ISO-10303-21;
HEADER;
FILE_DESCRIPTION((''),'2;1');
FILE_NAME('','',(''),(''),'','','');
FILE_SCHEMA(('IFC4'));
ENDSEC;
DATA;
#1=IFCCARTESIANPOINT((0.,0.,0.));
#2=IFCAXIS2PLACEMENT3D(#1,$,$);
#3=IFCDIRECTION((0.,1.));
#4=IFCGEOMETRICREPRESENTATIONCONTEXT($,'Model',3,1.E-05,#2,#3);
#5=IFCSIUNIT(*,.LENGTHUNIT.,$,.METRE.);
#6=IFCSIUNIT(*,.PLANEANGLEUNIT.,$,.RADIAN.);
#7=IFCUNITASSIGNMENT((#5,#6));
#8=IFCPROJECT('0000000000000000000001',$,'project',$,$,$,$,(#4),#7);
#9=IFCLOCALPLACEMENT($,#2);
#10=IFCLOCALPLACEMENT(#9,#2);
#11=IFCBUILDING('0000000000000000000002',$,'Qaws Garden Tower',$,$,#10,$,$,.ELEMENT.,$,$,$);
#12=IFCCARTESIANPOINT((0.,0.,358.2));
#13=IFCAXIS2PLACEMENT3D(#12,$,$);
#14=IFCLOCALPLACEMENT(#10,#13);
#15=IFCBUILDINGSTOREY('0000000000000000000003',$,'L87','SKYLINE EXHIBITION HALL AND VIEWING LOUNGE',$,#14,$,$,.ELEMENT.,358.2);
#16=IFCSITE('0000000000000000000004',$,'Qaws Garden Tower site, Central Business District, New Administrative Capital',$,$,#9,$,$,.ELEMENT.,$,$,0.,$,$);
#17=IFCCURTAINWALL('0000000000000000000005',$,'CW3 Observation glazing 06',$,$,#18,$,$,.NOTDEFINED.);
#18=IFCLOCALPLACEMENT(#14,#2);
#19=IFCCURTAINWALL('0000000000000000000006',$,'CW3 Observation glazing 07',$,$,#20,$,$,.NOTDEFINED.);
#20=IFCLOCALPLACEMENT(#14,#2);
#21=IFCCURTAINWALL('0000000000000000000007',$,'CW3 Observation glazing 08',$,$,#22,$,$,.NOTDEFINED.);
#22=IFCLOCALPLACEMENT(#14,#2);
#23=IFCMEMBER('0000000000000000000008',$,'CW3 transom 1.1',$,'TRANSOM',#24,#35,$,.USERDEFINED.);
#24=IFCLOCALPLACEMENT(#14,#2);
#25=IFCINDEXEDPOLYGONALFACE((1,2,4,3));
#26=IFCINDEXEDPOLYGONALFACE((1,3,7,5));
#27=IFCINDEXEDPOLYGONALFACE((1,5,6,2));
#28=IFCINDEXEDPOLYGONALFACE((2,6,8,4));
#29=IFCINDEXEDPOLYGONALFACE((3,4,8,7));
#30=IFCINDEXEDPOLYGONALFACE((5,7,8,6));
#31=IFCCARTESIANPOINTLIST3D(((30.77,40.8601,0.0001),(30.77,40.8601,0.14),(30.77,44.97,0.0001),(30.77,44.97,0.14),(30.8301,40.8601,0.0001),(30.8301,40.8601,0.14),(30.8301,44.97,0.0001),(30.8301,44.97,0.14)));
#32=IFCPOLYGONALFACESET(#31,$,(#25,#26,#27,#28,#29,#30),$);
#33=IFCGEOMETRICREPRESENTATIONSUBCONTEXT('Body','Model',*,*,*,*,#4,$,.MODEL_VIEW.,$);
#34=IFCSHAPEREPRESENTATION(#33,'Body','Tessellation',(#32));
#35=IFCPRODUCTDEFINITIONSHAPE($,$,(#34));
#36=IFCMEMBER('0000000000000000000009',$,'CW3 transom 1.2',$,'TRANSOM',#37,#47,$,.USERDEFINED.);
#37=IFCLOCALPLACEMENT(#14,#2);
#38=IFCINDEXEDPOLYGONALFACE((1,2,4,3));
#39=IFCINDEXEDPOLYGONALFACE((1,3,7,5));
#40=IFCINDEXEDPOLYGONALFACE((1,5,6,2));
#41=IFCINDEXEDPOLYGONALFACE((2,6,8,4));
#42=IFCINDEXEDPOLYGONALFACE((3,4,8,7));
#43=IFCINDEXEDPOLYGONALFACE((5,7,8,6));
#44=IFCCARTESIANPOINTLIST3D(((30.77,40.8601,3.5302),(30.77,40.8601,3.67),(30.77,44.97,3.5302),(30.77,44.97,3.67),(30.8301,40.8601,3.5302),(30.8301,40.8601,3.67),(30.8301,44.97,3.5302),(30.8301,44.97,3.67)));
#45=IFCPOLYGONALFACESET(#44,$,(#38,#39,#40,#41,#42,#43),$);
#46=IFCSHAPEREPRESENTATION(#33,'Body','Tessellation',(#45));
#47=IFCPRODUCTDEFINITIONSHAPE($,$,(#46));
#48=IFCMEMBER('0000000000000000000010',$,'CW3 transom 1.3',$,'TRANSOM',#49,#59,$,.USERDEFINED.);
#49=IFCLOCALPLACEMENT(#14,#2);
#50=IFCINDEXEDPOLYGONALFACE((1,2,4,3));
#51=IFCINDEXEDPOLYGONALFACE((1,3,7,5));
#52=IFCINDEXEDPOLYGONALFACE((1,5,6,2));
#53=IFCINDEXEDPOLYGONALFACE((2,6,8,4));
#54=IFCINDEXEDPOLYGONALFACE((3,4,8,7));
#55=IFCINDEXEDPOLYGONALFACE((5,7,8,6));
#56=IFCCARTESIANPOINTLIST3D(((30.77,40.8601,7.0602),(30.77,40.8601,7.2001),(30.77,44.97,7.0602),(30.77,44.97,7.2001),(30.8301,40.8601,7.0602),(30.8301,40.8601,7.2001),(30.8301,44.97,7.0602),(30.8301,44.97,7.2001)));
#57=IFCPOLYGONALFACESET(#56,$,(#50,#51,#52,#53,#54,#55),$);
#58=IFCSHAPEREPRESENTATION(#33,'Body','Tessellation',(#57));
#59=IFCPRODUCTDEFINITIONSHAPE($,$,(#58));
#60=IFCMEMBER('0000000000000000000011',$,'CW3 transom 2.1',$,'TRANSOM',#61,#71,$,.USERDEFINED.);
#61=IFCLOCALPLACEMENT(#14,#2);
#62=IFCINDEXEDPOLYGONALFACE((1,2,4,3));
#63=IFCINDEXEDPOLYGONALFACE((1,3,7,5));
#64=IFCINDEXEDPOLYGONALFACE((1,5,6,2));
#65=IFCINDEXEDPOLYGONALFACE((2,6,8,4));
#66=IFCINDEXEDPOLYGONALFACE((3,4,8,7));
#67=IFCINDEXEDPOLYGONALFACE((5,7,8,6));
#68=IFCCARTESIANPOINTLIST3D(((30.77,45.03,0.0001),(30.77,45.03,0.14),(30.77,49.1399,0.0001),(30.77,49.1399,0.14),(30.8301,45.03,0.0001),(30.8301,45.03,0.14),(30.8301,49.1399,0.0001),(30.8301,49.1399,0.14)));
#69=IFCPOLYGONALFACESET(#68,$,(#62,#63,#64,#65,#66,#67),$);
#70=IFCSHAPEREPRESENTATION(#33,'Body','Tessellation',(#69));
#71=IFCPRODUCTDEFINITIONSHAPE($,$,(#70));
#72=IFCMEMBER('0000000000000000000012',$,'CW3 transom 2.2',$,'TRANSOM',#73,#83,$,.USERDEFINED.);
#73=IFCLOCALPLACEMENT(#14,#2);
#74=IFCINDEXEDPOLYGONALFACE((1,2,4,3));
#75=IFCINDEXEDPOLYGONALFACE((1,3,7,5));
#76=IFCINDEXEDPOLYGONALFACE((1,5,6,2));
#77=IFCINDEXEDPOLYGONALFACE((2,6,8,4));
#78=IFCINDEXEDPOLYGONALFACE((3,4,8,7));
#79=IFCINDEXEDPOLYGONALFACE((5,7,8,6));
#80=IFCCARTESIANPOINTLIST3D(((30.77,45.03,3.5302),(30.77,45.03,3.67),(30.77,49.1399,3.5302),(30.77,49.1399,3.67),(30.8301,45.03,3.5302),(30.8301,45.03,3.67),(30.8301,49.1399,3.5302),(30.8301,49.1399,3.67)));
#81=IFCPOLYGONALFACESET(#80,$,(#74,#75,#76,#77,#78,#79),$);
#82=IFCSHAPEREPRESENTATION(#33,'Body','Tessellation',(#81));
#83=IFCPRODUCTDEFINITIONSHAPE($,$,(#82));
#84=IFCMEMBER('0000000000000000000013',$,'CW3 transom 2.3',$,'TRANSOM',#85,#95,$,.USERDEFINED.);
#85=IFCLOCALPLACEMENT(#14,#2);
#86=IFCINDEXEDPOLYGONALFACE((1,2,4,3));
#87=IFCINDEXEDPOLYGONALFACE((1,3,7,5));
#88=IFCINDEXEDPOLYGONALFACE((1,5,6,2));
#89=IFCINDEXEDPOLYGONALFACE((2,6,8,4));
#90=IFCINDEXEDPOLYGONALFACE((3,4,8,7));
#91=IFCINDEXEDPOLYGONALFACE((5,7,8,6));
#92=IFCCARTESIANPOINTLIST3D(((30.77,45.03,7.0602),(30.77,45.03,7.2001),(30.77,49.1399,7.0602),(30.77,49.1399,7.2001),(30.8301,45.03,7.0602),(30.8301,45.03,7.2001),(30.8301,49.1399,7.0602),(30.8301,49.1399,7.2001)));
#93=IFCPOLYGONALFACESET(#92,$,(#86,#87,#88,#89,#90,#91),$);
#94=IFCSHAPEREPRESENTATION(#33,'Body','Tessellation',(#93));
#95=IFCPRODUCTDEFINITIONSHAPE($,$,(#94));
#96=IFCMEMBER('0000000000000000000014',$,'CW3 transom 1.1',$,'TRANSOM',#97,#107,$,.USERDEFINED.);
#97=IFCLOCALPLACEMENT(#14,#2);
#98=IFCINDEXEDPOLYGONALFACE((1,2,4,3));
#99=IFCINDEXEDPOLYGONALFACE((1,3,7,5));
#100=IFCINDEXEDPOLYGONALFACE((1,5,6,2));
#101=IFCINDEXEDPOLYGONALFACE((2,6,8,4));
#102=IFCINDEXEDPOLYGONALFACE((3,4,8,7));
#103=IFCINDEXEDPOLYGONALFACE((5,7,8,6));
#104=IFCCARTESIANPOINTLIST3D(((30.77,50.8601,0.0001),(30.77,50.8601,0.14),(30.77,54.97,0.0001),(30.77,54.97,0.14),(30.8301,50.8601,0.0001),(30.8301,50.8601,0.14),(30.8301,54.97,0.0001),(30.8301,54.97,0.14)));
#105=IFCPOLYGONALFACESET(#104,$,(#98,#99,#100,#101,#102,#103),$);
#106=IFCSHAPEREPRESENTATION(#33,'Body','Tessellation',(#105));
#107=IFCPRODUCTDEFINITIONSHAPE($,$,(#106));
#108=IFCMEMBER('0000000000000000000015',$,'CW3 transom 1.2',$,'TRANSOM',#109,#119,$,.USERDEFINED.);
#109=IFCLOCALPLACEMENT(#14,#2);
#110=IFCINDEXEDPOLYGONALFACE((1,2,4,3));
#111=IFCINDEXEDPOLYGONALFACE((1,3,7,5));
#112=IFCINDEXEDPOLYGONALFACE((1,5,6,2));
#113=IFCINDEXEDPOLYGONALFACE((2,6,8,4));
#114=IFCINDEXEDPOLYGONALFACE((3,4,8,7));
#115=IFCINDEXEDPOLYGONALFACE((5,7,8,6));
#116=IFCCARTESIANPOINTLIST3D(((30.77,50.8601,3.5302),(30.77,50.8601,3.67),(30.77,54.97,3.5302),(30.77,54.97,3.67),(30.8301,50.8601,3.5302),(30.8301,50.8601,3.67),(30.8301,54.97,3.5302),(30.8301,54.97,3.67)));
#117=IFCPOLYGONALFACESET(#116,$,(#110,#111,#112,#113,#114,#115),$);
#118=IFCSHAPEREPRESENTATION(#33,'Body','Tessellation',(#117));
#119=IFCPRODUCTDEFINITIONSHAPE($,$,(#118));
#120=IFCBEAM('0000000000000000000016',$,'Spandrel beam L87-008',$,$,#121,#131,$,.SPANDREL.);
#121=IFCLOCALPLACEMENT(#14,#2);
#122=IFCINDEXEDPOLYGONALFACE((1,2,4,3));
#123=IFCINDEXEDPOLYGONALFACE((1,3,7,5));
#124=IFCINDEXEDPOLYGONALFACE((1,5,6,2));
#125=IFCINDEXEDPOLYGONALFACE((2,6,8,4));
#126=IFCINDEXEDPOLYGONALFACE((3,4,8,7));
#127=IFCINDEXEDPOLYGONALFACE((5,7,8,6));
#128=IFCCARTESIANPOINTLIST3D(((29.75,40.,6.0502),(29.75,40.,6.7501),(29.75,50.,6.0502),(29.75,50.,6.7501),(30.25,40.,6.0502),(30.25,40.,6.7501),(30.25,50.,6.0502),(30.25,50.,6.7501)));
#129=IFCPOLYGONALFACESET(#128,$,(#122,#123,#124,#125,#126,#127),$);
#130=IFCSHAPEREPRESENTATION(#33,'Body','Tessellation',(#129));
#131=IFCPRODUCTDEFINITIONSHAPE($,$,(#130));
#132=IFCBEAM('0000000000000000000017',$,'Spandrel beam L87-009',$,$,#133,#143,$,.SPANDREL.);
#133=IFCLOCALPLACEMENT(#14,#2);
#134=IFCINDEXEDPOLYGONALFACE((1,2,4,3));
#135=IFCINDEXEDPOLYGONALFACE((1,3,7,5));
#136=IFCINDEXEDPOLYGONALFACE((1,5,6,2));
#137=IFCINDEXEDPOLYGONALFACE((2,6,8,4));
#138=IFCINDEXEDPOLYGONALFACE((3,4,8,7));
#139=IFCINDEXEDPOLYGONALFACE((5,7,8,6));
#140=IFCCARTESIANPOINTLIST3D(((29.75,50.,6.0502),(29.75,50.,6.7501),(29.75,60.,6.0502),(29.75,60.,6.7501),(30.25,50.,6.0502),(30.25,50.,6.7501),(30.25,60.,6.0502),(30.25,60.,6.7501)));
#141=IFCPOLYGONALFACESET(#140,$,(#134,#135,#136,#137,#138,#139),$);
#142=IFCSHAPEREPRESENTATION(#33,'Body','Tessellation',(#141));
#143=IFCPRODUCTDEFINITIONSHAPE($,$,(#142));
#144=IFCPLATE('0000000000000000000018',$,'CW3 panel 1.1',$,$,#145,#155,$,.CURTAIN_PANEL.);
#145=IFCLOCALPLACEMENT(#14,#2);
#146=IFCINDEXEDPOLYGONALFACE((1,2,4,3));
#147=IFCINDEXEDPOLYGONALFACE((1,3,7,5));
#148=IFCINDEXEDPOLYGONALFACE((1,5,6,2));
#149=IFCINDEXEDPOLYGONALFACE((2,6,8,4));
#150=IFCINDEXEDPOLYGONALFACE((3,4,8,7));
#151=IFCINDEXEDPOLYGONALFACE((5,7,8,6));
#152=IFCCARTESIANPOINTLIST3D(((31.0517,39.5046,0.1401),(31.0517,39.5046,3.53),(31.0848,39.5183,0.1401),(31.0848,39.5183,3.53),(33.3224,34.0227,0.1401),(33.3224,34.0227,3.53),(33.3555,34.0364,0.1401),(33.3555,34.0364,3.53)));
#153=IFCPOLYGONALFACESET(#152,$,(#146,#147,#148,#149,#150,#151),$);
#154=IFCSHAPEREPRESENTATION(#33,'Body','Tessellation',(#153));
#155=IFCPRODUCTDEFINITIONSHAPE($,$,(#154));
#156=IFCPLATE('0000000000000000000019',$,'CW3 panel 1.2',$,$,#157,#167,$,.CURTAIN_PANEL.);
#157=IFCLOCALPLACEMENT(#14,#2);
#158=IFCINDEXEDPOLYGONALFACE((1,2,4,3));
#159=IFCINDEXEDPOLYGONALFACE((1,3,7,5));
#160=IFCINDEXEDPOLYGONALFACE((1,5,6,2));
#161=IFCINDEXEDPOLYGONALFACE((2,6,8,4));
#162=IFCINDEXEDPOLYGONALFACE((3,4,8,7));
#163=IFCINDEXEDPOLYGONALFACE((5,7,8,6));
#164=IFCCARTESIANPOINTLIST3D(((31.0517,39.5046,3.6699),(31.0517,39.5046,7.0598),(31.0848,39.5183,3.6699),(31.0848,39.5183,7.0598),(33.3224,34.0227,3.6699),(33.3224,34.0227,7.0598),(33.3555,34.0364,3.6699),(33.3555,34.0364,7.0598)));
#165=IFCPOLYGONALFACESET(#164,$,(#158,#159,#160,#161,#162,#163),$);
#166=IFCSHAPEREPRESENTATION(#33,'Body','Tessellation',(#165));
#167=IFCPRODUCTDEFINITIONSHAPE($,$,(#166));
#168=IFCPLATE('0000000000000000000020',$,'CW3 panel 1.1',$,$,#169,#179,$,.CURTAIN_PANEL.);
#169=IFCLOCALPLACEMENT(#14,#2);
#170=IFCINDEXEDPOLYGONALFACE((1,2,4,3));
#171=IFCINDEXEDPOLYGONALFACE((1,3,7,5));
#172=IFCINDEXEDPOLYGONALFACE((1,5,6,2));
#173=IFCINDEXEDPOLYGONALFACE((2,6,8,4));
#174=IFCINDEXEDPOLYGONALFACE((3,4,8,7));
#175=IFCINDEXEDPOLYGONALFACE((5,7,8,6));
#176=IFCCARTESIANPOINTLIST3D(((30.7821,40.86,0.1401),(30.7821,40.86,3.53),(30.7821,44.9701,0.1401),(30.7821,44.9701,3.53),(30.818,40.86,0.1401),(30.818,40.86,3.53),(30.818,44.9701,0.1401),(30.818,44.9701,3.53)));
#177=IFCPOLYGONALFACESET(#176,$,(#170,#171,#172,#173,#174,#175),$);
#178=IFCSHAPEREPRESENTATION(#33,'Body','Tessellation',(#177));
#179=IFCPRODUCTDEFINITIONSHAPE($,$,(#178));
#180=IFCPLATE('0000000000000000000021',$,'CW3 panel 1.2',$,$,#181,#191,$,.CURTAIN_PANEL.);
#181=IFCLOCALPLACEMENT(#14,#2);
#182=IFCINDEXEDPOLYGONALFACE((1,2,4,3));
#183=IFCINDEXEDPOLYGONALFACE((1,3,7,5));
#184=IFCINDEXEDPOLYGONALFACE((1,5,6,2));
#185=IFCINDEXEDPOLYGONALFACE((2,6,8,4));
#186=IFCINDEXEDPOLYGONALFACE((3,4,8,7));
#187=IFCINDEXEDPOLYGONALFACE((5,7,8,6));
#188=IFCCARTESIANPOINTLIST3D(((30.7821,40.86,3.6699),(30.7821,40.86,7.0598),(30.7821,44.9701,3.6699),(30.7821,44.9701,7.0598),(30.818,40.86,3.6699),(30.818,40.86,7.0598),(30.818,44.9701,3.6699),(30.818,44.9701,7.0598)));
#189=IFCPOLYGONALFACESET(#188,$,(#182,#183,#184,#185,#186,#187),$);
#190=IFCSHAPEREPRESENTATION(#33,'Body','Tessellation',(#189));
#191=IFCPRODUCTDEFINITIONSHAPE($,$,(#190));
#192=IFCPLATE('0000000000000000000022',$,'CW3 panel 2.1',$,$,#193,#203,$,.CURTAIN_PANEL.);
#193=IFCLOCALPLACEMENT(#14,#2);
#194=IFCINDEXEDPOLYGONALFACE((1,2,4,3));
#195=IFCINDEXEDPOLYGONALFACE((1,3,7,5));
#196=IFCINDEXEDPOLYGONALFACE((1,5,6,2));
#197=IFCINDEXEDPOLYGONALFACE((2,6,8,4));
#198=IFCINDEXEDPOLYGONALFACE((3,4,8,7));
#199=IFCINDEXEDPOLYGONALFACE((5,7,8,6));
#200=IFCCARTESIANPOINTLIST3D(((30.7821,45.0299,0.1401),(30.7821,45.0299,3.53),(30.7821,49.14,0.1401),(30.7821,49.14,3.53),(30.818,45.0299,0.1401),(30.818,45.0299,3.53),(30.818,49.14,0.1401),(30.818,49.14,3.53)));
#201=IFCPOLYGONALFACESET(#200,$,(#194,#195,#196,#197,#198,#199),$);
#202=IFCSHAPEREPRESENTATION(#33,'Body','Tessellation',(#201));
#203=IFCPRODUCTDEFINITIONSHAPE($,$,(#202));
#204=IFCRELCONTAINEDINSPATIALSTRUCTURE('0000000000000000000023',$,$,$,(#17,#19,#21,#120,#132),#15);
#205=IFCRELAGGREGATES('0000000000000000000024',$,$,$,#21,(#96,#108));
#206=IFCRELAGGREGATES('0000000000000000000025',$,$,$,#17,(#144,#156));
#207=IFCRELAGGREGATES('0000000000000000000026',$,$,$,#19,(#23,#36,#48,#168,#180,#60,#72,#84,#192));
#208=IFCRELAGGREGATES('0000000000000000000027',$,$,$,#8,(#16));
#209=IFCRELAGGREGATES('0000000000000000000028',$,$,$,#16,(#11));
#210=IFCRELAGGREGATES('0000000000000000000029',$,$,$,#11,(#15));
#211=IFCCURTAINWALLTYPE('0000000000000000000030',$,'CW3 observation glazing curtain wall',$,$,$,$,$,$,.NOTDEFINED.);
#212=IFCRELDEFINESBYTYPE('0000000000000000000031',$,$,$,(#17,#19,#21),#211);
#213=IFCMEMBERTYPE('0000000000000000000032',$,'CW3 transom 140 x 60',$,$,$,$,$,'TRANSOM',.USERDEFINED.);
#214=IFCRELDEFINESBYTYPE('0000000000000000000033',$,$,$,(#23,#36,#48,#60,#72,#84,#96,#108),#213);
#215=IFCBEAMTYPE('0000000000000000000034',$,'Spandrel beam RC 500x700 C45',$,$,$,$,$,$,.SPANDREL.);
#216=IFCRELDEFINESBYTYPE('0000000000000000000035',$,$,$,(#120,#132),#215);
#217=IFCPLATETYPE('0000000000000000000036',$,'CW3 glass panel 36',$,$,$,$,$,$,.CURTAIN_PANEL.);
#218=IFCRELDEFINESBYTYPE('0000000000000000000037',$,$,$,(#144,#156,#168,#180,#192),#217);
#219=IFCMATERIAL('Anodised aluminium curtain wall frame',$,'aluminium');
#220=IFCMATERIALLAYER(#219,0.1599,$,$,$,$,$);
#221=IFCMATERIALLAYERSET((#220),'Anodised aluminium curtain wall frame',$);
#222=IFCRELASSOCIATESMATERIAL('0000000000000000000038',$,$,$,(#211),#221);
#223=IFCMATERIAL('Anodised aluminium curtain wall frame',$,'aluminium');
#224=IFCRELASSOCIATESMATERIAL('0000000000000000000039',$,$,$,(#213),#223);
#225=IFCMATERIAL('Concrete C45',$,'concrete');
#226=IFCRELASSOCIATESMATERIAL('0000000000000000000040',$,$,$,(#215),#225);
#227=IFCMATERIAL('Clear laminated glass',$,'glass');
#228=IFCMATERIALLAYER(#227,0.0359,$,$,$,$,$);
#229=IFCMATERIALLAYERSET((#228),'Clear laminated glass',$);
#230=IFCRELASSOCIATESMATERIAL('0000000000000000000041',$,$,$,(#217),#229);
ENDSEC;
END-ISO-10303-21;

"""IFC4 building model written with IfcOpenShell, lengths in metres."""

from ifc_helpers import new_model, si_unit, direction, frame, origin, origin_2d, place, context, subcontext, project, spatial, rectangle, extrude, material, layer, layer_set, material_profile, profile_set, type_object, element, aggregate, save


model = new_model("IFC4")

# Units and contexts
model_context = context("Model", 3, precision=1e-05, world=origin(), true_north=direction((0.0, 1.0)))
body_context = subcontext(model_context, "Body", "Model", "MODEL_VIEW")
ifc_project = project(units=[si_unit("LENGTHUNIT", "METRE"), si_unit("PLANEANGLEUNIT", "RADIAN")], contexts=[model_context])

# Site, building, storey
site_placement = place(None, origin())
site = spatial("IfcSite", under=ifc_project, at=site_placement, Name="Qaws Garden Tower site, Central Business District, New Administrative Capital", CompositionType="ELEMENT", RefElevation=0.0)
building_placement = place(site_placement, origin())
building = spatial("IfcBuilding", under=site, at=building_placement, Name="Qaws Garden Tower", CompositionType="ELEMENT")
storey_placement = place(building_placement, frame((0.0, 0.0, 358.2)))
storey = spatial("IfcBuildingStorey", under=building, at=storey_placement, Name="L87", Description="SKYLINE EXHIBITION HALL AND VIEWING LOUNGE", CompositionType="ELEMENT", Elevation=358.2)

# Curtain wall
ifc_material_1 = material(Name="Anodised aluminium curtain wall frame", Category="aluminium")
ifc_layer_1 = layer(ifc_material_1, 0.1599)
ifc_layer_set_1 = layer_set([ifc_layer_1], Name="Anodised aluminium curtain wall frame")
curtain_wall_type = type_object("IfcCurtainWallType", Name="CW3 observation glazing curtain wall", PredefinedType="NOTDEFINED", material=ifc_layer_set_1)
placement = place(storey_placement, origin())
curtain_wall_1 = element("IfcCurtainWall", 1, at=placement, inside=storey, type_object=curtain_wall_type, Name="CW3 Observation glazing 06", PredefinedType="NOTDEFINED")

# Curtain wall
curtain_wall_2 = element("IfcCurtainWall", 2, at=placement, inside=storey, type_object=curtain_wall_type, Name="CW3 Observation glazing 07", PredefinedType="NOTDEFINED")

# Curtain wall
curtain_wall_3 = element("IfcCurtainWall", 3, at=placement, inside=storey, type_object=curtain_wall_type, Name="CW3 Observation glazing 08", PredefinedType="NOTDEFINED")

# Members
ifc_material_2 = material(Name="Anodised aluminium curtain wall frame", Category="aluminium")
ifc_material_profile_1 = material_profile(ifc_material_2, rectangle(XDim=0.0601, YDim=0.1399, at=origin_2d()), Name="AL 60x140")
ifc_profile_set_1 = profile_set([ifc_material_profile_1], Name="Anodised aluminium curtain wall frame")
member_type_1 = type_object("IfcMemberType", Name="CW3 transom 140 x 60", ElementType="TRANSOM", PredefinedType="USERDEFINED", material=ifc_profile_set_1)
member_1_placement = place(storey_placement, frame((30.8, 40.8601, 0.0701), z_axis=(0.0, 1.0, 0.0), x_axis=(-1.0, 0.0, 0.0)))
member_1 = element("IfcMember", 4, at=member_1_placement, type_object=member_type_1, Name="CW3 transom 1.1", ObjectType="TRANSOM", PredefinedType="USERDEFINED", context=body_context, shape_type="SweptSolid", body=[
    extrude(rectangle(XDim=0.0601, YDim=0.1399, at=origin_2d()), origin(), (0.0, 0.0, 1.0), 4.1099),
])
member_2_placement = place(storey_placement, frame((30.8, 40.8601, 3.6001), z_axis=(0.0, 1.0, 0.0), x_axis=(-1.0, 0.0, 0.0)))
member_2 = element("IfcMember", 5, at=member_2_placement, type_object=member_type_1, Name="CW3 transom 1.2", ObjectType="TRANSOM", PredefinedType="USERDEFINED", context=body_context, shape_type="SweptSolid", body=[
    extrude(rectangle(XDim=0.0601, YDim=0.1399, at=origin_2d()), origin(), (0.0, 0.0, 1.0), 4.1099),
])
member_3_placement = place(storey_placement, frame((30.8, 40.8601, 7.1301), z_axis=(0.0, 1.0, 0.0), x_axis=(-1.0, 0.0, 0.0)))
member_3 = element("IfcMember", 6, at=member_3_placement, type_object=member_type_1, Name="CW3 transom 1.3", ObjectType="TRANSOM", PredefinedType="USERDEFINED", context=body_context, shape_type="SweptSolid", body=[
    extrude(rectangle(XDim=0.0601, YDim=0.1399, at=origin_2d()), origin(), (0.0, 0.0, 1.0), 4.1099),
])
member_4_placement = place(storey_placement, frame((30.8, 45.03, 0.0701), z_axis=(0.0, 1.0, 0.0), x_axis=(-1.0, 0.0, 0.0)))
member_4 = element("IfcMember", 7, at=member_4_placement, type_object=member_type_1, Name="CW3 transom 2.1", ObjectType="TRANSOM", PredefinedType="USERDEFINED", context=body_context, shape_type="SweptSolid", body=[
    extrude(rectangle(XDim=0.0601, YDim=0.1399, at=origin_2d()), origin(), (0.0, 0.0, 1.0), 4.1099),
])
member_5_placement = place(storey_placement, frame((30.8, 45.03, 3.6001), z_axis=(0.0, 1.0, 0.0), x_axis=(-1.0, 0.0, 0.0)))
member_5 = element("IfcMember", 8, at=member_5_placement, type_object=member_type_1, Name="CW3 transom 2.2", ObjectType="TRANSOM", PredefinedType="USERDEFINED", context=body_context, shape_type="SweptSolid", body=[
    extrude(rectangle(XDim=0.0601, YDim=0.1399, at=origin_2d()), origin(), (0.0, 0.0, 1.0), 4.1099),
])
member_6_placement = place(storey_placement, frame((30.8, 45.03, 7.1301), z_axis=(0.0, 1.0, 0.0), x_axis=(-1.0, 0.0, 0.0)))
member_6 = element("IfcMember", 9, at=member_6_placement, type_object=member_type_1, Name="CW3 transom 2.3", ObjectType="TRANSOM", PredefinedType="USERDEFINED", context=body_context, shape_type="SweptSolid", body=[
    extrude(rectangle(XDim=0.0601, YDim=0.1399, at=origin_2d()), origin(), (0.0, 0.0, 1.0), 4.1099),
])
member_7_placement = place(storey_placement, frame((30.8, 50.8601, 0.0701), z_axis=(0.0, 1.0, 0.0), x_axis=(-1.0, 0.0, 0.0)))
member_7 = element("IfcMember", 10, at=member_7_placement, type_object=member_type_1, Name="CW3 transom 1.1", ObjectType="TRANSOM", PredefinedType="USERDEFINED", context=body_context, shape_type="SweptSolid", body=[
    extrude(rectangle(XDim=0.0601, YDim=0.1399, at=origin_2d()), origin(), (0.0, 0.0, 1.0), 4.1099),
])
member_8_placement = place(storey_placement, frame((30.8, 50.8601, 3.6001), z_axis=(0.0, 1.0, 0.0), x_axis=(-1.0, 0.0, 0.0)))
member_8 = element("IfcMember", 11, at=member_8_placement, type_object=member_type_1, Name="CW3 transom 1.2", ObjectType="TRANSOM", PredefinedType="USERDEFINED", context=body_context, shape_type="SweptSolid", body=[
    extrude(rectangle(XDim=0.0601, YDim=0.1399, at=origin_2d()), origin(), (0.0, 0.0, 1.0), 4.1099),
])
aggregate(curtain_wall_3, [member_7, member_8])

# Beams
ifc_material_3 = material(Name="Concrete C45", Category="concrete")
ifc_material_profile_2 = material_profile(ifc_material_3, rectangle(XDim=0.5, YDim=0.7, at=origin_2d()), Name="RC 500x700")
ifc_profile_set_2 = profile_set([ifc_material_profile_2], Name="Concrete C45")
beam_type = type_object("IfcBeamType", Name="Spandrel beam RC 500x700 C45", PredefinedType="SPANDREL", material=ifc_profile_set_2)
for number, where, z_axis, x_axis, name in (
    (12, (30.0, 40.0, 6.4001), (0.0, 1.0, 0.0), (-1.0, 0.0, 0.0), "Spandrel beam L87-008"),
    (13, (30.0, 50.0, 6.4001), (0.0, 1.0, 0.0), (-1.0, 0.0, 0.0), "Spandrel beam L87-009"),
):
    element("IfcBeam", number, at=place(storey_placement, frame(where, z_axis=z_axis, x_axis=x_axis)), inside=storey, type_object=beam_type, Name=name, PredefinedType="SPANDREL", context=body_context, shape_type="SweptSolid", body=[
        extrude(rectangle(XDim=0.5, YDim=0.7, at=origin_2d()), origin(), (0.0, 0.0, 1.0), 10.0),
    ])

# Plates
ifc_material_4 = material(Name="Clear laminated glass", Category="glass")
ifc_layer_2 = layer(ifc_material_4, 0.0359)
ifc_layer_set_2 = layer_set([ifc_layer_2], Name="Clear laminated glass")
plate_type = type_object("IfcPlateType", Name="CW3 glass panel 36", PredefinedType="CURTAIN_PANEL", material=ifc_layer_set_2)
plate_1_placement = place(storey_placement, frame((32.2036, 36.7705, 0.1401), z_axis=(0.0, 0.0, 1.0), x_axis=(-0.382683, 0.92388, 0.0)))
plate_1 = element("IfcPlate", 14, at=plate_1_placement, type_object=plate_type, Name="CW3 panel 1.1", PredefinedType="CURTAIN_PANEL", context=body_context, shape_type="SweptSolid", body=[
    extrude(rectangle(XDim=5.9336, YDim=0.0359, at=origin_2d()), origin(), (0.0, 0.0, 1.0), 3.3899),
])
plate_2_placement = place(storey_placement, frame((32.2036, 36.7705, 3.6699), z_axis=(0.0, 0.0, 1.0), x_axis=(-0.382683, 0.92388, 0.0)))
plate_2 = element("IfcPlate", 15, at=plate_2_placement, type_object=plate_type, Name="CW3 panel 1.2", PredefinedType="CURTAIN_PANEL", context=body_context, shape_type="SweptSolid", body=[
    extrude(rectangle(XDim=5.9336, YDim=0.0359, at=origin_2d()), origin(), (0.0, 0.0, 1.0), 3.3899),
])
aggregate(curtain_wall_1, [plate_1, plate_2])
plate_3_placement = place(storey_placement, frame((30.8, 42.915, 0.1401), z_axis=(0.0, 0.0, 1.0), x_axis=(0.0, 1.0, 0.0)))
plate_3 = element("IfcPlate", 16, at=plate_3_placement, type_object=plate_type, Name="CW3 panel 1.1", PredefinedType="CURTAIN_PANEL", context=body_context, shape_type="SweptSolid", body=[
    extrude(rectangle(XDim=4.1101, YDim=0.0359, at=origin_2d()), origin(), (0.0, 0.0, 1.0), 3.3899),
])
plate_4_placement = place(storey_placement, frame((30.8, 42.915, 3.6699), z_axis=(0.0, 0.0, 1.0), x_axis=(0.0, 1.0, 0.0)))
plate_4 = element("IfcPlate", 17, at=plate_4_placement, type_object=plate_type, Name="CW3 panel 1.2", PredefinedType="CURTAIN_PANEL", context=body_context, shape_type="SweptSolid", body=[
    extrude(rectangle(XDim=4.1101, YDim=0.0359, at=origin_2d()), origin(), (0.0, 0.0, 1.0), 3.3899),
])
plate_5_placement = place(storey_placement, frame((30.8, 47.085, 0.1401), z_axis=(0.0, 0.0, 1.0), x_axis=(0.0, 1.0, 0.0)))
plate_5 = element("IfcPlate", 18, at=plate_5_placement, type_object=plate_type, Name="CW3 panel 2.1", PredefinedType="CURTAIN_PANEL", context=body_context, shape_type="SweptSolid", body=[
    extrude(rectangle(XDim=4.1101, YDim=0.0359, at=origin_2d()), origin(), (0.0, 0.0, 1.0), 3.3899),
])
aggregate(curtain_wall_2, [member_1, member_2, member_3, plate_3, plate_4, member_4, member_5, member_6, plate_5])

save(model, "model.ifc")
